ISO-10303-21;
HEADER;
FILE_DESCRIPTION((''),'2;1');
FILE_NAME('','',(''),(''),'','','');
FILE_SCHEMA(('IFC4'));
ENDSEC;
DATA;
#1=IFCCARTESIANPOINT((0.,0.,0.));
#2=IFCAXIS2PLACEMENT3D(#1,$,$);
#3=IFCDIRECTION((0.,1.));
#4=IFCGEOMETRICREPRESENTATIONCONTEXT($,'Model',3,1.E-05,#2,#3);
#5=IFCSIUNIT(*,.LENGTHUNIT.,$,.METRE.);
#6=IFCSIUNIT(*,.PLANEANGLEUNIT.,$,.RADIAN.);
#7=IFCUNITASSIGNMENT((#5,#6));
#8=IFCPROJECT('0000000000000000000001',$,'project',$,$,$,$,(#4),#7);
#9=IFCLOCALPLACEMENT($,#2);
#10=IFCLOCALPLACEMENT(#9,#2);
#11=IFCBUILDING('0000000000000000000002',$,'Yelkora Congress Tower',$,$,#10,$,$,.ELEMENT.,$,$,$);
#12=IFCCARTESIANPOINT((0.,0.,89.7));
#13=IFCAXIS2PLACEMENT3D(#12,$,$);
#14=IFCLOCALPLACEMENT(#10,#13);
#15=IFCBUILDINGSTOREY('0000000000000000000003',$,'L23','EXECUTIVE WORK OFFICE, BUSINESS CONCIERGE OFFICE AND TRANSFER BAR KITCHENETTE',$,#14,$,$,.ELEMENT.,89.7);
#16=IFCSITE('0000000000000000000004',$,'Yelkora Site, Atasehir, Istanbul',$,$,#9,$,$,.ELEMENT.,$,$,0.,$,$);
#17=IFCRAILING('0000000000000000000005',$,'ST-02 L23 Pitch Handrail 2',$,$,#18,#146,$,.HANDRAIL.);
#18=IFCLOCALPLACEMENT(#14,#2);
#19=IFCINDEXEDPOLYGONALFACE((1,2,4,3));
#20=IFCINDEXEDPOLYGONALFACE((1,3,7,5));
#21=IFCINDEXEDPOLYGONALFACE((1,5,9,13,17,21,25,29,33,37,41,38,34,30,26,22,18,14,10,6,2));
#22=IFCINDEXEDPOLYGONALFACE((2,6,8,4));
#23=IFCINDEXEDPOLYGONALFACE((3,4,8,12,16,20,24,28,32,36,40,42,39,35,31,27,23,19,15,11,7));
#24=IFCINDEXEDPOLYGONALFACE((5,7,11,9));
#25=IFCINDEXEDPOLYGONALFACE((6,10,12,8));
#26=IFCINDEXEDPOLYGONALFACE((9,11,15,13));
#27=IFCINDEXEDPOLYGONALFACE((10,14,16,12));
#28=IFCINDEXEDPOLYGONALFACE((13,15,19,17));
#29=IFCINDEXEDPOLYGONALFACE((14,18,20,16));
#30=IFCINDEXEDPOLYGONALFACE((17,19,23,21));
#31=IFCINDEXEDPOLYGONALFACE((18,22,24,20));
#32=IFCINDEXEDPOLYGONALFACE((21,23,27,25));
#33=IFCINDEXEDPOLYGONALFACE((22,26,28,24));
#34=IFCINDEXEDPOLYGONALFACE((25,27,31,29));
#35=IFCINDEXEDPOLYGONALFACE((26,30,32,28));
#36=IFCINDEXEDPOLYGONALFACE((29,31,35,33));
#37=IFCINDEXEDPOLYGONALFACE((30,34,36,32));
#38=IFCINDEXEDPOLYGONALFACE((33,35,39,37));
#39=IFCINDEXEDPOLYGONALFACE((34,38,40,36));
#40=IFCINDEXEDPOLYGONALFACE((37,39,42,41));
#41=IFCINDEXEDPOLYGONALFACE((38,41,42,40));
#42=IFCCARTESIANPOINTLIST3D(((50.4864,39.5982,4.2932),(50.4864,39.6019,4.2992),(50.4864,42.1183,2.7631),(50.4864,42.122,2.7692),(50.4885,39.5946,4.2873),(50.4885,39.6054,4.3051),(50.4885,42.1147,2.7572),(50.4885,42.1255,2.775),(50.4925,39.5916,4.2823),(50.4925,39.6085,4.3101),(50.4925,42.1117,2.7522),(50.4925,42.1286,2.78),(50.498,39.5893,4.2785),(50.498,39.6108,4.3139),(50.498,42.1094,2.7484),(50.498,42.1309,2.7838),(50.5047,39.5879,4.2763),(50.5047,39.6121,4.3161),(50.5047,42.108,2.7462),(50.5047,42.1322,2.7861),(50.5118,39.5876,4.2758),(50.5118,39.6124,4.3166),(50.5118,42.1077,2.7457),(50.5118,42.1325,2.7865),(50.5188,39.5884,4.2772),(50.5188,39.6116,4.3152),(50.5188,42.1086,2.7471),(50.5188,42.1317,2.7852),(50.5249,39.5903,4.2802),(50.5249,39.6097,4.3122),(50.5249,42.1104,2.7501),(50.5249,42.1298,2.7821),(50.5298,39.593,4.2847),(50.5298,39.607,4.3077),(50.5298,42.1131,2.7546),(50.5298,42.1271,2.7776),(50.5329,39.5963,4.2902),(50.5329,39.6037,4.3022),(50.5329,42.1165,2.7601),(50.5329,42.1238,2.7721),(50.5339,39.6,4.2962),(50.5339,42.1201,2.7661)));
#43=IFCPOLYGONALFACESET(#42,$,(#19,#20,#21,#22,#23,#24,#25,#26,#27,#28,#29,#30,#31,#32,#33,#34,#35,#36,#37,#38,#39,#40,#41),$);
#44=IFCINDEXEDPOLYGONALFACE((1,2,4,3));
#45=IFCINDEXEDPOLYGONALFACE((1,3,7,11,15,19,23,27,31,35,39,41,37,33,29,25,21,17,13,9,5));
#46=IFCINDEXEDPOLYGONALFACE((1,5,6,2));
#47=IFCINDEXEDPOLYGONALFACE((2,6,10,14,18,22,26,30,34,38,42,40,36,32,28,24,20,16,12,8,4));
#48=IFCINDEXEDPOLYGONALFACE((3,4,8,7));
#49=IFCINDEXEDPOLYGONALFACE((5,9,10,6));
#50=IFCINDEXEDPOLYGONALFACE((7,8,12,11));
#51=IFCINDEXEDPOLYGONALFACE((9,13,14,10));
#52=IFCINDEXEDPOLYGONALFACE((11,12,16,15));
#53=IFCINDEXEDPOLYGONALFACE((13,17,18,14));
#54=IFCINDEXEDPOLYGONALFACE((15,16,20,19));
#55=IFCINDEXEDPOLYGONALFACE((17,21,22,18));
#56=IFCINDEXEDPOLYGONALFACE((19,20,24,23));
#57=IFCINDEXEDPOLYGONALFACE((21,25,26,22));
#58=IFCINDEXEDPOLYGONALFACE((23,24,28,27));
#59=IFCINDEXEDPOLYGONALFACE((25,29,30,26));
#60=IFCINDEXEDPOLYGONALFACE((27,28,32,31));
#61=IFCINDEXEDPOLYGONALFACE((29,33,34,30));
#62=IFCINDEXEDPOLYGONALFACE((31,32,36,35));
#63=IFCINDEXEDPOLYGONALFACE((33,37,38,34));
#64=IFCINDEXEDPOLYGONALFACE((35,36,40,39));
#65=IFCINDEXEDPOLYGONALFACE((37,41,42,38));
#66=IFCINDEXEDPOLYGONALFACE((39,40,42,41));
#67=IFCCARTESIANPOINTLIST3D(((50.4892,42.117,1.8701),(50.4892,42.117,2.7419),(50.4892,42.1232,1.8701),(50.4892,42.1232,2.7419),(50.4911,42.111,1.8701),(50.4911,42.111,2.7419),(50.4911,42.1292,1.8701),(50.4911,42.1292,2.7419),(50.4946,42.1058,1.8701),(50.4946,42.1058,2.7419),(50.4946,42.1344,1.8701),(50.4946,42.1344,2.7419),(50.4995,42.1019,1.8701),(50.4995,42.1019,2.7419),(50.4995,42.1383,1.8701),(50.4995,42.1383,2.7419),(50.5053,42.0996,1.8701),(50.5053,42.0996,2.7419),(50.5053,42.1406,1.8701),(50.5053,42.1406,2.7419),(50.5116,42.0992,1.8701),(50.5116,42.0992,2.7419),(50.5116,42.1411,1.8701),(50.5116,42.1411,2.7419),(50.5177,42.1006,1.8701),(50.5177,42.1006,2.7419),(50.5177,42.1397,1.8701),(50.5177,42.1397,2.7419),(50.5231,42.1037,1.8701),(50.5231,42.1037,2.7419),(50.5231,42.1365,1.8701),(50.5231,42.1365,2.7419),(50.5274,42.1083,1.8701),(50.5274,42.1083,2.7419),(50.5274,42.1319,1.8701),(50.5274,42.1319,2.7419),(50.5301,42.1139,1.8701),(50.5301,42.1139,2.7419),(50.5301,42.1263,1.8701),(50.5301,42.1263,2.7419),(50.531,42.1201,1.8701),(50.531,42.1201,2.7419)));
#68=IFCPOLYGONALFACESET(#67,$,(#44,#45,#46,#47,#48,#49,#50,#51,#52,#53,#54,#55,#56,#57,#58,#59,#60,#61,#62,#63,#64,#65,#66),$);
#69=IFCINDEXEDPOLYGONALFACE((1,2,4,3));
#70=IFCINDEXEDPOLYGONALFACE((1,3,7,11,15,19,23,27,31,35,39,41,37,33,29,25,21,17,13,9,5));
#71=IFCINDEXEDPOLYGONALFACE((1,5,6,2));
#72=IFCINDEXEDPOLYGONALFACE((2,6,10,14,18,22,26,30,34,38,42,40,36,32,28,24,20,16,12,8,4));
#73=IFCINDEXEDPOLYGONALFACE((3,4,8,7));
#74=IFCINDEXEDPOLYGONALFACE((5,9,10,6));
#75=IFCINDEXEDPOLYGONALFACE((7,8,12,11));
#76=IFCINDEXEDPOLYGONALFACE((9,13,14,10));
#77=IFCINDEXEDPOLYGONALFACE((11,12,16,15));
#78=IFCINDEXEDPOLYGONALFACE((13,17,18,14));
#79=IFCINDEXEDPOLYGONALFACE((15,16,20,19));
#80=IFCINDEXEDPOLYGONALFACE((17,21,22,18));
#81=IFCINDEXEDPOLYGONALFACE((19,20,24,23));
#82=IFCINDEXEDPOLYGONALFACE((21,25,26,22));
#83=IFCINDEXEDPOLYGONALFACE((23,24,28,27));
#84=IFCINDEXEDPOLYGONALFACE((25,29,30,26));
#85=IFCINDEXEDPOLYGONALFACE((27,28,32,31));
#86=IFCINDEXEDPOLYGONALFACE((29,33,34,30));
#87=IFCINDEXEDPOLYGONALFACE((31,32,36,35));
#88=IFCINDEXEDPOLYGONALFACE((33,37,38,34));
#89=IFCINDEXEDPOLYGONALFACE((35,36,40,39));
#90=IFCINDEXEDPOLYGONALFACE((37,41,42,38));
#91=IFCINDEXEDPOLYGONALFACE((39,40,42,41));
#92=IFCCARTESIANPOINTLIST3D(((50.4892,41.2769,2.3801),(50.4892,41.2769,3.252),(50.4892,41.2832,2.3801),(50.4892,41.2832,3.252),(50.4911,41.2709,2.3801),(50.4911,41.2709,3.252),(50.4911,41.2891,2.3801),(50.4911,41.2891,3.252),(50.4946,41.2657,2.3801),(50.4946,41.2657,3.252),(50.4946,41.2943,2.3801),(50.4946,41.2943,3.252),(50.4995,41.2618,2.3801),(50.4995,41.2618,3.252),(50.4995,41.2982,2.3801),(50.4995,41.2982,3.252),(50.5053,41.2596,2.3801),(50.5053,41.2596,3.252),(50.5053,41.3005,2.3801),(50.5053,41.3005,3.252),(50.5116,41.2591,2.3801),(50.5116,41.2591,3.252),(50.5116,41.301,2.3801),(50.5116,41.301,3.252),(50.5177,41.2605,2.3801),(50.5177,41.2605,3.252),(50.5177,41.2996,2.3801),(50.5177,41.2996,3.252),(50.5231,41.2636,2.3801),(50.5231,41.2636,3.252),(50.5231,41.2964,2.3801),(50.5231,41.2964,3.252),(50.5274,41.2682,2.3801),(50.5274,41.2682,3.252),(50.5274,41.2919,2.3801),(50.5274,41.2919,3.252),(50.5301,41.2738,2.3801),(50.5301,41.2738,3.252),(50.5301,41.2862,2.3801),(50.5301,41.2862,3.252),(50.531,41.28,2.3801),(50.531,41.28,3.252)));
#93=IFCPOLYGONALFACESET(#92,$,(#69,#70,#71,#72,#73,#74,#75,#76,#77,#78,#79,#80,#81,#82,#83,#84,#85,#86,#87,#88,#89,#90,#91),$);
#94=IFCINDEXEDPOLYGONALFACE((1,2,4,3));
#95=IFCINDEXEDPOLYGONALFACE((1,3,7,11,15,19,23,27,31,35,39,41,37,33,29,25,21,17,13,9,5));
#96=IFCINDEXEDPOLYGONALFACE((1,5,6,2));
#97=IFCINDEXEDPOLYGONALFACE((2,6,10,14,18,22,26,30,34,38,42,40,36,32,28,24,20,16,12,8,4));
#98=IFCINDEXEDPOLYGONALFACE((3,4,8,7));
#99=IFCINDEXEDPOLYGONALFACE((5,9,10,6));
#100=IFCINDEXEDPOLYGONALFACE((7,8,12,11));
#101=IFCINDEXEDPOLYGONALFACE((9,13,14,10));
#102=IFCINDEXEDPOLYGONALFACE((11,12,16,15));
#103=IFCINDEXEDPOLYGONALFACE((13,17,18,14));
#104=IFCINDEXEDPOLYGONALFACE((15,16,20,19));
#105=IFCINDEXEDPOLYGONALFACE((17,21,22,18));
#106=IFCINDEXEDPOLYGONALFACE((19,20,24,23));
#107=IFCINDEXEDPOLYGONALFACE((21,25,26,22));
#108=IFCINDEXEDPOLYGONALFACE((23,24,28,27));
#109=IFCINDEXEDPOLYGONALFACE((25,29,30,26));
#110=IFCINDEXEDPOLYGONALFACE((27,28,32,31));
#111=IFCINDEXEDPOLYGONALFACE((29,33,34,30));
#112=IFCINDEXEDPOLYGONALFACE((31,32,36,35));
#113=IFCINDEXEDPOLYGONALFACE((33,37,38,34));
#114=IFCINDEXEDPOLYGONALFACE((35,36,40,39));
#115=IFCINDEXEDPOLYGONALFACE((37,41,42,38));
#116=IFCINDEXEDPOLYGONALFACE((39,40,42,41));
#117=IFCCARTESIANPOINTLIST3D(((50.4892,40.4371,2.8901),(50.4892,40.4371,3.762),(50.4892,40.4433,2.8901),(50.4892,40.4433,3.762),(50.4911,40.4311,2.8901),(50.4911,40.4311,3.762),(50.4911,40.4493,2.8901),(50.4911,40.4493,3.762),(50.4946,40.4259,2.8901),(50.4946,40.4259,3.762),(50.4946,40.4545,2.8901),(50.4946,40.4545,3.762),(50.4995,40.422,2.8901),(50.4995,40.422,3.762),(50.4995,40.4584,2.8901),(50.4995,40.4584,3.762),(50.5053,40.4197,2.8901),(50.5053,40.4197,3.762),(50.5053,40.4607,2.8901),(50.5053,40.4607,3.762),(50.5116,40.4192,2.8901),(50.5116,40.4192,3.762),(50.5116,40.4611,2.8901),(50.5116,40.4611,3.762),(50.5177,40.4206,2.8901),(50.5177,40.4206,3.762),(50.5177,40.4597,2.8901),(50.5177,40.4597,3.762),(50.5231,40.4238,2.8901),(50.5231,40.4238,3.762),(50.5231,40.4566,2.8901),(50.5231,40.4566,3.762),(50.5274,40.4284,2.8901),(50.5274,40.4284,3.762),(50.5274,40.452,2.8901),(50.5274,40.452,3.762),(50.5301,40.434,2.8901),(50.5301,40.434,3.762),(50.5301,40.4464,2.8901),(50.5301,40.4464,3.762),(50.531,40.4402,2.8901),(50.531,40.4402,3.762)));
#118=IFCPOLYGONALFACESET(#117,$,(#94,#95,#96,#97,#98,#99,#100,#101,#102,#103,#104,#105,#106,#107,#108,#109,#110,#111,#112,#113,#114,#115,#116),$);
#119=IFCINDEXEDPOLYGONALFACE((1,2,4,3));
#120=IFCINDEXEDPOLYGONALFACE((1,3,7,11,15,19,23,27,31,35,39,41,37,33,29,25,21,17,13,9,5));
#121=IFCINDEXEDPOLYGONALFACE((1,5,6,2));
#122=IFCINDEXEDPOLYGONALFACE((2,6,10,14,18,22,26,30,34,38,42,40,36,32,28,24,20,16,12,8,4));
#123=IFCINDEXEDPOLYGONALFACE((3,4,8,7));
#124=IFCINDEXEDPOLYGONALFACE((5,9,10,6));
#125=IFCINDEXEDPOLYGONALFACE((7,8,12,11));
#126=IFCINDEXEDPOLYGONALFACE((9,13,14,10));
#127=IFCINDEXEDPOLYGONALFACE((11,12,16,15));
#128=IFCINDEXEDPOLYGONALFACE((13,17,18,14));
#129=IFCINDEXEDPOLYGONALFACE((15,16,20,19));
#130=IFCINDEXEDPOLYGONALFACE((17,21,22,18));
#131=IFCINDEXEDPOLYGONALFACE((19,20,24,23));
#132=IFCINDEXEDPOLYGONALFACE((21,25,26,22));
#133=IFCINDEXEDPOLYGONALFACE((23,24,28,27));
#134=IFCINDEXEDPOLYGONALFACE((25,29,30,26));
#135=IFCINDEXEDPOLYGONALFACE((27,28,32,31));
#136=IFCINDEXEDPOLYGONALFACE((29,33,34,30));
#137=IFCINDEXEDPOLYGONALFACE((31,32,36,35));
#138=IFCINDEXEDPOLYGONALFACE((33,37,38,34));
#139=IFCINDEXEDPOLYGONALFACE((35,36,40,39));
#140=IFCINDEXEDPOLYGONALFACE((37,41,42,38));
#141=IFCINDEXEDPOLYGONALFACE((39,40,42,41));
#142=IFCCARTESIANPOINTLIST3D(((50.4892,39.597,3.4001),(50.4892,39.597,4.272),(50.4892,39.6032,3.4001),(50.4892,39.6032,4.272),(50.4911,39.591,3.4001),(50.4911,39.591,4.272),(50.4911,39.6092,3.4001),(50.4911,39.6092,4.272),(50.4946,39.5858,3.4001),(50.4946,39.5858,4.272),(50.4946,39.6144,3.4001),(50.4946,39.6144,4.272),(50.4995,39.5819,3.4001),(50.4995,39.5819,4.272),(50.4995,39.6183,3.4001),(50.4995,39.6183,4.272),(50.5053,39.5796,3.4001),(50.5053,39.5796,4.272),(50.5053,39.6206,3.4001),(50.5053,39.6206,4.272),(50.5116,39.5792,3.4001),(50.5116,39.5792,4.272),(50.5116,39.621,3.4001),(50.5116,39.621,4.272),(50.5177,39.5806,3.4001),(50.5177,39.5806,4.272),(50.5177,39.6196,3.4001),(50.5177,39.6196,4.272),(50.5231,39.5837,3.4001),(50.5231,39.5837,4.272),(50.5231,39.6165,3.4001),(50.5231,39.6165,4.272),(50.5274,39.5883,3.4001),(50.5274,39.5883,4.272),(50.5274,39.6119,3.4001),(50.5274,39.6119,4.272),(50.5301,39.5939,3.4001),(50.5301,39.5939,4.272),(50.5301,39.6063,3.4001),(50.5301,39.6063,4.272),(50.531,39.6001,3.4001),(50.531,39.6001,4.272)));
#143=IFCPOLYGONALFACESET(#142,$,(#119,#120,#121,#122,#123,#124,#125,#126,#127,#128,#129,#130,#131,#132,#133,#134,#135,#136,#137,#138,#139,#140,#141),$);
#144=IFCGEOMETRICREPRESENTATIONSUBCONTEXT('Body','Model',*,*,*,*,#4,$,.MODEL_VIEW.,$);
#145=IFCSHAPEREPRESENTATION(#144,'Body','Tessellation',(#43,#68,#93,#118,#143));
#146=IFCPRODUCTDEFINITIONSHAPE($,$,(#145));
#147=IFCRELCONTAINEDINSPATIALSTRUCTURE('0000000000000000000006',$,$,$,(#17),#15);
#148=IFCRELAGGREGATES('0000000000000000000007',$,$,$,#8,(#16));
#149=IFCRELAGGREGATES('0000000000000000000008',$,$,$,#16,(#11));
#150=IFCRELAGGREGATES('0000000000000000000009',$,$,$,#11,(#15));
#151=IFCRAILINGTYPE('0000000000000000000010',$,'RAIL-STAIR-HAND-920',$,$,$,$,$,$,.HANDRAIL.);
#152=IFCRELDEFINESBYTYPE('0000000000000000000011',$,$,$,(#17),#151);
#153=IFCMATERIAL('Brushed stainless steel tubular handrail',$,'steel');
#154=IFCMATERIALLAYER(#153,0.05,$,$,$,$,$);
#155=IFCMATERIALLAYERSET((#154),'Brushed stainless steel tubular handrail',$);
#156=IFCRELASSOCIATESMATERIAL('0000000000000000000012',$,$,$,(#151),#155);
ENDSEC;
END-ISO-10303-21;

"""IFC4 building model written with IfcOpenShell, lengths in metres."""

from ifc_helpers import new_model, si_unit, direction, frame, origin, origin_2d, place, context, subcontext, project, spatial, circle, extrude, material, layer, layer_set, type_object, element, save


model = new_model("IFC4")

# Units and contexts
model_context = context("Model", 3, precision=1e-05, world=origin(), true_north=direction((0.0, 1.0)))
body_context = subcontext(model_context, "Body", "Model", "MODEL_VIEW")
ifc_project = project(units=[si_unit("LENGTHUNIT", "METRE"), si_unit("PLANEANGLEUNIT", "RADIAN")], contexts=[model_context])

# Site, building, storey
site_placement = place(None, origin())
site = spatial("IfcSite", under=ifc_project, at=site_placement, Name="Yelkora Site, Atasehir, Istanbul", CompositionType="ELEMENT", RefElevation=0.0)
building_placement = place(site_placement, origin())
building = spatial("IfcBuilding", under=site, at=building_placement, Name="Yelkora Congress Tower", CompositionType="ELEMENT")
storey_placement = place(building_placement, frame((0.0, 0.0, 89.7)))
storey = spatial("IfcBuildingStorey", under=building, at=storey_placement, Name="L23", Description="EXECUTIVE WORK OFFICE, BUSINESS CONCIERGE OFFICE AND TRANSFER BAR KITCHENETTE", CompositionType="ELEMENT", Elevation=89.7)

# Railing
ifc_material_1 = material(Name="Brushed stainless steel tubular handrail", Category="steel")
ifc_layer_1 = layer(ifc_material_1, 0.05)
ifc_layer_set_1 = layer_set([ifc_layer_1], Name="Brushed stainless steel tubular handrail")
railing_type_1 = type_object("IfcRailingType", Name="RAIL-STAIR-HAND-920", PredefinedType="HANDRAIL", material=ifc_layer_set_1)
railing_1_placement = place(storey_placement, frame((50.51, 42.1201, 1.8701)))
element("IfcRailing", 1, at=railing_1_placement, inside=storey, type_object=railing_type_1, Name="ST-02 L23 Pitch Handrail 2", PredefinedType="HANDRAIL", context=body_context, shape_type="SweptSolid", body=[
    extrude(circle(Radius=0.0239, at=origin_2d()), frame((0.0, 0.0, 0.896), z_axis=(0.0, -0.854785, 0.518982), x_axis=(1.0, 0.0, 0.0)), (0.0, 0.0, 1.0), 2.9482),
    extrude(circle(Radius=0.021, at=origin_2d()), origin(), (0.0, 0.0, 1.0), 0.8718),
    extrude(circle(Radius=0.021, at=origin_2d()), frame((0.0, -0.8401, 0.51)), (0.0, 0.0, 1.0), 0.8718),
    extrude(circle(Radius=0.021, at=origin_2d()), frame((0.0, -1.6799, 1.02)), (0.0, 0.0, 1.0), 0.8718),
    extrude(circle(Radius=0.021, at=origin_2d()), frame((0.0, -2.52, 1.53)), (0.0, 0.0, 1.0), 0.8718),
])

save(model, "model.ifc")
